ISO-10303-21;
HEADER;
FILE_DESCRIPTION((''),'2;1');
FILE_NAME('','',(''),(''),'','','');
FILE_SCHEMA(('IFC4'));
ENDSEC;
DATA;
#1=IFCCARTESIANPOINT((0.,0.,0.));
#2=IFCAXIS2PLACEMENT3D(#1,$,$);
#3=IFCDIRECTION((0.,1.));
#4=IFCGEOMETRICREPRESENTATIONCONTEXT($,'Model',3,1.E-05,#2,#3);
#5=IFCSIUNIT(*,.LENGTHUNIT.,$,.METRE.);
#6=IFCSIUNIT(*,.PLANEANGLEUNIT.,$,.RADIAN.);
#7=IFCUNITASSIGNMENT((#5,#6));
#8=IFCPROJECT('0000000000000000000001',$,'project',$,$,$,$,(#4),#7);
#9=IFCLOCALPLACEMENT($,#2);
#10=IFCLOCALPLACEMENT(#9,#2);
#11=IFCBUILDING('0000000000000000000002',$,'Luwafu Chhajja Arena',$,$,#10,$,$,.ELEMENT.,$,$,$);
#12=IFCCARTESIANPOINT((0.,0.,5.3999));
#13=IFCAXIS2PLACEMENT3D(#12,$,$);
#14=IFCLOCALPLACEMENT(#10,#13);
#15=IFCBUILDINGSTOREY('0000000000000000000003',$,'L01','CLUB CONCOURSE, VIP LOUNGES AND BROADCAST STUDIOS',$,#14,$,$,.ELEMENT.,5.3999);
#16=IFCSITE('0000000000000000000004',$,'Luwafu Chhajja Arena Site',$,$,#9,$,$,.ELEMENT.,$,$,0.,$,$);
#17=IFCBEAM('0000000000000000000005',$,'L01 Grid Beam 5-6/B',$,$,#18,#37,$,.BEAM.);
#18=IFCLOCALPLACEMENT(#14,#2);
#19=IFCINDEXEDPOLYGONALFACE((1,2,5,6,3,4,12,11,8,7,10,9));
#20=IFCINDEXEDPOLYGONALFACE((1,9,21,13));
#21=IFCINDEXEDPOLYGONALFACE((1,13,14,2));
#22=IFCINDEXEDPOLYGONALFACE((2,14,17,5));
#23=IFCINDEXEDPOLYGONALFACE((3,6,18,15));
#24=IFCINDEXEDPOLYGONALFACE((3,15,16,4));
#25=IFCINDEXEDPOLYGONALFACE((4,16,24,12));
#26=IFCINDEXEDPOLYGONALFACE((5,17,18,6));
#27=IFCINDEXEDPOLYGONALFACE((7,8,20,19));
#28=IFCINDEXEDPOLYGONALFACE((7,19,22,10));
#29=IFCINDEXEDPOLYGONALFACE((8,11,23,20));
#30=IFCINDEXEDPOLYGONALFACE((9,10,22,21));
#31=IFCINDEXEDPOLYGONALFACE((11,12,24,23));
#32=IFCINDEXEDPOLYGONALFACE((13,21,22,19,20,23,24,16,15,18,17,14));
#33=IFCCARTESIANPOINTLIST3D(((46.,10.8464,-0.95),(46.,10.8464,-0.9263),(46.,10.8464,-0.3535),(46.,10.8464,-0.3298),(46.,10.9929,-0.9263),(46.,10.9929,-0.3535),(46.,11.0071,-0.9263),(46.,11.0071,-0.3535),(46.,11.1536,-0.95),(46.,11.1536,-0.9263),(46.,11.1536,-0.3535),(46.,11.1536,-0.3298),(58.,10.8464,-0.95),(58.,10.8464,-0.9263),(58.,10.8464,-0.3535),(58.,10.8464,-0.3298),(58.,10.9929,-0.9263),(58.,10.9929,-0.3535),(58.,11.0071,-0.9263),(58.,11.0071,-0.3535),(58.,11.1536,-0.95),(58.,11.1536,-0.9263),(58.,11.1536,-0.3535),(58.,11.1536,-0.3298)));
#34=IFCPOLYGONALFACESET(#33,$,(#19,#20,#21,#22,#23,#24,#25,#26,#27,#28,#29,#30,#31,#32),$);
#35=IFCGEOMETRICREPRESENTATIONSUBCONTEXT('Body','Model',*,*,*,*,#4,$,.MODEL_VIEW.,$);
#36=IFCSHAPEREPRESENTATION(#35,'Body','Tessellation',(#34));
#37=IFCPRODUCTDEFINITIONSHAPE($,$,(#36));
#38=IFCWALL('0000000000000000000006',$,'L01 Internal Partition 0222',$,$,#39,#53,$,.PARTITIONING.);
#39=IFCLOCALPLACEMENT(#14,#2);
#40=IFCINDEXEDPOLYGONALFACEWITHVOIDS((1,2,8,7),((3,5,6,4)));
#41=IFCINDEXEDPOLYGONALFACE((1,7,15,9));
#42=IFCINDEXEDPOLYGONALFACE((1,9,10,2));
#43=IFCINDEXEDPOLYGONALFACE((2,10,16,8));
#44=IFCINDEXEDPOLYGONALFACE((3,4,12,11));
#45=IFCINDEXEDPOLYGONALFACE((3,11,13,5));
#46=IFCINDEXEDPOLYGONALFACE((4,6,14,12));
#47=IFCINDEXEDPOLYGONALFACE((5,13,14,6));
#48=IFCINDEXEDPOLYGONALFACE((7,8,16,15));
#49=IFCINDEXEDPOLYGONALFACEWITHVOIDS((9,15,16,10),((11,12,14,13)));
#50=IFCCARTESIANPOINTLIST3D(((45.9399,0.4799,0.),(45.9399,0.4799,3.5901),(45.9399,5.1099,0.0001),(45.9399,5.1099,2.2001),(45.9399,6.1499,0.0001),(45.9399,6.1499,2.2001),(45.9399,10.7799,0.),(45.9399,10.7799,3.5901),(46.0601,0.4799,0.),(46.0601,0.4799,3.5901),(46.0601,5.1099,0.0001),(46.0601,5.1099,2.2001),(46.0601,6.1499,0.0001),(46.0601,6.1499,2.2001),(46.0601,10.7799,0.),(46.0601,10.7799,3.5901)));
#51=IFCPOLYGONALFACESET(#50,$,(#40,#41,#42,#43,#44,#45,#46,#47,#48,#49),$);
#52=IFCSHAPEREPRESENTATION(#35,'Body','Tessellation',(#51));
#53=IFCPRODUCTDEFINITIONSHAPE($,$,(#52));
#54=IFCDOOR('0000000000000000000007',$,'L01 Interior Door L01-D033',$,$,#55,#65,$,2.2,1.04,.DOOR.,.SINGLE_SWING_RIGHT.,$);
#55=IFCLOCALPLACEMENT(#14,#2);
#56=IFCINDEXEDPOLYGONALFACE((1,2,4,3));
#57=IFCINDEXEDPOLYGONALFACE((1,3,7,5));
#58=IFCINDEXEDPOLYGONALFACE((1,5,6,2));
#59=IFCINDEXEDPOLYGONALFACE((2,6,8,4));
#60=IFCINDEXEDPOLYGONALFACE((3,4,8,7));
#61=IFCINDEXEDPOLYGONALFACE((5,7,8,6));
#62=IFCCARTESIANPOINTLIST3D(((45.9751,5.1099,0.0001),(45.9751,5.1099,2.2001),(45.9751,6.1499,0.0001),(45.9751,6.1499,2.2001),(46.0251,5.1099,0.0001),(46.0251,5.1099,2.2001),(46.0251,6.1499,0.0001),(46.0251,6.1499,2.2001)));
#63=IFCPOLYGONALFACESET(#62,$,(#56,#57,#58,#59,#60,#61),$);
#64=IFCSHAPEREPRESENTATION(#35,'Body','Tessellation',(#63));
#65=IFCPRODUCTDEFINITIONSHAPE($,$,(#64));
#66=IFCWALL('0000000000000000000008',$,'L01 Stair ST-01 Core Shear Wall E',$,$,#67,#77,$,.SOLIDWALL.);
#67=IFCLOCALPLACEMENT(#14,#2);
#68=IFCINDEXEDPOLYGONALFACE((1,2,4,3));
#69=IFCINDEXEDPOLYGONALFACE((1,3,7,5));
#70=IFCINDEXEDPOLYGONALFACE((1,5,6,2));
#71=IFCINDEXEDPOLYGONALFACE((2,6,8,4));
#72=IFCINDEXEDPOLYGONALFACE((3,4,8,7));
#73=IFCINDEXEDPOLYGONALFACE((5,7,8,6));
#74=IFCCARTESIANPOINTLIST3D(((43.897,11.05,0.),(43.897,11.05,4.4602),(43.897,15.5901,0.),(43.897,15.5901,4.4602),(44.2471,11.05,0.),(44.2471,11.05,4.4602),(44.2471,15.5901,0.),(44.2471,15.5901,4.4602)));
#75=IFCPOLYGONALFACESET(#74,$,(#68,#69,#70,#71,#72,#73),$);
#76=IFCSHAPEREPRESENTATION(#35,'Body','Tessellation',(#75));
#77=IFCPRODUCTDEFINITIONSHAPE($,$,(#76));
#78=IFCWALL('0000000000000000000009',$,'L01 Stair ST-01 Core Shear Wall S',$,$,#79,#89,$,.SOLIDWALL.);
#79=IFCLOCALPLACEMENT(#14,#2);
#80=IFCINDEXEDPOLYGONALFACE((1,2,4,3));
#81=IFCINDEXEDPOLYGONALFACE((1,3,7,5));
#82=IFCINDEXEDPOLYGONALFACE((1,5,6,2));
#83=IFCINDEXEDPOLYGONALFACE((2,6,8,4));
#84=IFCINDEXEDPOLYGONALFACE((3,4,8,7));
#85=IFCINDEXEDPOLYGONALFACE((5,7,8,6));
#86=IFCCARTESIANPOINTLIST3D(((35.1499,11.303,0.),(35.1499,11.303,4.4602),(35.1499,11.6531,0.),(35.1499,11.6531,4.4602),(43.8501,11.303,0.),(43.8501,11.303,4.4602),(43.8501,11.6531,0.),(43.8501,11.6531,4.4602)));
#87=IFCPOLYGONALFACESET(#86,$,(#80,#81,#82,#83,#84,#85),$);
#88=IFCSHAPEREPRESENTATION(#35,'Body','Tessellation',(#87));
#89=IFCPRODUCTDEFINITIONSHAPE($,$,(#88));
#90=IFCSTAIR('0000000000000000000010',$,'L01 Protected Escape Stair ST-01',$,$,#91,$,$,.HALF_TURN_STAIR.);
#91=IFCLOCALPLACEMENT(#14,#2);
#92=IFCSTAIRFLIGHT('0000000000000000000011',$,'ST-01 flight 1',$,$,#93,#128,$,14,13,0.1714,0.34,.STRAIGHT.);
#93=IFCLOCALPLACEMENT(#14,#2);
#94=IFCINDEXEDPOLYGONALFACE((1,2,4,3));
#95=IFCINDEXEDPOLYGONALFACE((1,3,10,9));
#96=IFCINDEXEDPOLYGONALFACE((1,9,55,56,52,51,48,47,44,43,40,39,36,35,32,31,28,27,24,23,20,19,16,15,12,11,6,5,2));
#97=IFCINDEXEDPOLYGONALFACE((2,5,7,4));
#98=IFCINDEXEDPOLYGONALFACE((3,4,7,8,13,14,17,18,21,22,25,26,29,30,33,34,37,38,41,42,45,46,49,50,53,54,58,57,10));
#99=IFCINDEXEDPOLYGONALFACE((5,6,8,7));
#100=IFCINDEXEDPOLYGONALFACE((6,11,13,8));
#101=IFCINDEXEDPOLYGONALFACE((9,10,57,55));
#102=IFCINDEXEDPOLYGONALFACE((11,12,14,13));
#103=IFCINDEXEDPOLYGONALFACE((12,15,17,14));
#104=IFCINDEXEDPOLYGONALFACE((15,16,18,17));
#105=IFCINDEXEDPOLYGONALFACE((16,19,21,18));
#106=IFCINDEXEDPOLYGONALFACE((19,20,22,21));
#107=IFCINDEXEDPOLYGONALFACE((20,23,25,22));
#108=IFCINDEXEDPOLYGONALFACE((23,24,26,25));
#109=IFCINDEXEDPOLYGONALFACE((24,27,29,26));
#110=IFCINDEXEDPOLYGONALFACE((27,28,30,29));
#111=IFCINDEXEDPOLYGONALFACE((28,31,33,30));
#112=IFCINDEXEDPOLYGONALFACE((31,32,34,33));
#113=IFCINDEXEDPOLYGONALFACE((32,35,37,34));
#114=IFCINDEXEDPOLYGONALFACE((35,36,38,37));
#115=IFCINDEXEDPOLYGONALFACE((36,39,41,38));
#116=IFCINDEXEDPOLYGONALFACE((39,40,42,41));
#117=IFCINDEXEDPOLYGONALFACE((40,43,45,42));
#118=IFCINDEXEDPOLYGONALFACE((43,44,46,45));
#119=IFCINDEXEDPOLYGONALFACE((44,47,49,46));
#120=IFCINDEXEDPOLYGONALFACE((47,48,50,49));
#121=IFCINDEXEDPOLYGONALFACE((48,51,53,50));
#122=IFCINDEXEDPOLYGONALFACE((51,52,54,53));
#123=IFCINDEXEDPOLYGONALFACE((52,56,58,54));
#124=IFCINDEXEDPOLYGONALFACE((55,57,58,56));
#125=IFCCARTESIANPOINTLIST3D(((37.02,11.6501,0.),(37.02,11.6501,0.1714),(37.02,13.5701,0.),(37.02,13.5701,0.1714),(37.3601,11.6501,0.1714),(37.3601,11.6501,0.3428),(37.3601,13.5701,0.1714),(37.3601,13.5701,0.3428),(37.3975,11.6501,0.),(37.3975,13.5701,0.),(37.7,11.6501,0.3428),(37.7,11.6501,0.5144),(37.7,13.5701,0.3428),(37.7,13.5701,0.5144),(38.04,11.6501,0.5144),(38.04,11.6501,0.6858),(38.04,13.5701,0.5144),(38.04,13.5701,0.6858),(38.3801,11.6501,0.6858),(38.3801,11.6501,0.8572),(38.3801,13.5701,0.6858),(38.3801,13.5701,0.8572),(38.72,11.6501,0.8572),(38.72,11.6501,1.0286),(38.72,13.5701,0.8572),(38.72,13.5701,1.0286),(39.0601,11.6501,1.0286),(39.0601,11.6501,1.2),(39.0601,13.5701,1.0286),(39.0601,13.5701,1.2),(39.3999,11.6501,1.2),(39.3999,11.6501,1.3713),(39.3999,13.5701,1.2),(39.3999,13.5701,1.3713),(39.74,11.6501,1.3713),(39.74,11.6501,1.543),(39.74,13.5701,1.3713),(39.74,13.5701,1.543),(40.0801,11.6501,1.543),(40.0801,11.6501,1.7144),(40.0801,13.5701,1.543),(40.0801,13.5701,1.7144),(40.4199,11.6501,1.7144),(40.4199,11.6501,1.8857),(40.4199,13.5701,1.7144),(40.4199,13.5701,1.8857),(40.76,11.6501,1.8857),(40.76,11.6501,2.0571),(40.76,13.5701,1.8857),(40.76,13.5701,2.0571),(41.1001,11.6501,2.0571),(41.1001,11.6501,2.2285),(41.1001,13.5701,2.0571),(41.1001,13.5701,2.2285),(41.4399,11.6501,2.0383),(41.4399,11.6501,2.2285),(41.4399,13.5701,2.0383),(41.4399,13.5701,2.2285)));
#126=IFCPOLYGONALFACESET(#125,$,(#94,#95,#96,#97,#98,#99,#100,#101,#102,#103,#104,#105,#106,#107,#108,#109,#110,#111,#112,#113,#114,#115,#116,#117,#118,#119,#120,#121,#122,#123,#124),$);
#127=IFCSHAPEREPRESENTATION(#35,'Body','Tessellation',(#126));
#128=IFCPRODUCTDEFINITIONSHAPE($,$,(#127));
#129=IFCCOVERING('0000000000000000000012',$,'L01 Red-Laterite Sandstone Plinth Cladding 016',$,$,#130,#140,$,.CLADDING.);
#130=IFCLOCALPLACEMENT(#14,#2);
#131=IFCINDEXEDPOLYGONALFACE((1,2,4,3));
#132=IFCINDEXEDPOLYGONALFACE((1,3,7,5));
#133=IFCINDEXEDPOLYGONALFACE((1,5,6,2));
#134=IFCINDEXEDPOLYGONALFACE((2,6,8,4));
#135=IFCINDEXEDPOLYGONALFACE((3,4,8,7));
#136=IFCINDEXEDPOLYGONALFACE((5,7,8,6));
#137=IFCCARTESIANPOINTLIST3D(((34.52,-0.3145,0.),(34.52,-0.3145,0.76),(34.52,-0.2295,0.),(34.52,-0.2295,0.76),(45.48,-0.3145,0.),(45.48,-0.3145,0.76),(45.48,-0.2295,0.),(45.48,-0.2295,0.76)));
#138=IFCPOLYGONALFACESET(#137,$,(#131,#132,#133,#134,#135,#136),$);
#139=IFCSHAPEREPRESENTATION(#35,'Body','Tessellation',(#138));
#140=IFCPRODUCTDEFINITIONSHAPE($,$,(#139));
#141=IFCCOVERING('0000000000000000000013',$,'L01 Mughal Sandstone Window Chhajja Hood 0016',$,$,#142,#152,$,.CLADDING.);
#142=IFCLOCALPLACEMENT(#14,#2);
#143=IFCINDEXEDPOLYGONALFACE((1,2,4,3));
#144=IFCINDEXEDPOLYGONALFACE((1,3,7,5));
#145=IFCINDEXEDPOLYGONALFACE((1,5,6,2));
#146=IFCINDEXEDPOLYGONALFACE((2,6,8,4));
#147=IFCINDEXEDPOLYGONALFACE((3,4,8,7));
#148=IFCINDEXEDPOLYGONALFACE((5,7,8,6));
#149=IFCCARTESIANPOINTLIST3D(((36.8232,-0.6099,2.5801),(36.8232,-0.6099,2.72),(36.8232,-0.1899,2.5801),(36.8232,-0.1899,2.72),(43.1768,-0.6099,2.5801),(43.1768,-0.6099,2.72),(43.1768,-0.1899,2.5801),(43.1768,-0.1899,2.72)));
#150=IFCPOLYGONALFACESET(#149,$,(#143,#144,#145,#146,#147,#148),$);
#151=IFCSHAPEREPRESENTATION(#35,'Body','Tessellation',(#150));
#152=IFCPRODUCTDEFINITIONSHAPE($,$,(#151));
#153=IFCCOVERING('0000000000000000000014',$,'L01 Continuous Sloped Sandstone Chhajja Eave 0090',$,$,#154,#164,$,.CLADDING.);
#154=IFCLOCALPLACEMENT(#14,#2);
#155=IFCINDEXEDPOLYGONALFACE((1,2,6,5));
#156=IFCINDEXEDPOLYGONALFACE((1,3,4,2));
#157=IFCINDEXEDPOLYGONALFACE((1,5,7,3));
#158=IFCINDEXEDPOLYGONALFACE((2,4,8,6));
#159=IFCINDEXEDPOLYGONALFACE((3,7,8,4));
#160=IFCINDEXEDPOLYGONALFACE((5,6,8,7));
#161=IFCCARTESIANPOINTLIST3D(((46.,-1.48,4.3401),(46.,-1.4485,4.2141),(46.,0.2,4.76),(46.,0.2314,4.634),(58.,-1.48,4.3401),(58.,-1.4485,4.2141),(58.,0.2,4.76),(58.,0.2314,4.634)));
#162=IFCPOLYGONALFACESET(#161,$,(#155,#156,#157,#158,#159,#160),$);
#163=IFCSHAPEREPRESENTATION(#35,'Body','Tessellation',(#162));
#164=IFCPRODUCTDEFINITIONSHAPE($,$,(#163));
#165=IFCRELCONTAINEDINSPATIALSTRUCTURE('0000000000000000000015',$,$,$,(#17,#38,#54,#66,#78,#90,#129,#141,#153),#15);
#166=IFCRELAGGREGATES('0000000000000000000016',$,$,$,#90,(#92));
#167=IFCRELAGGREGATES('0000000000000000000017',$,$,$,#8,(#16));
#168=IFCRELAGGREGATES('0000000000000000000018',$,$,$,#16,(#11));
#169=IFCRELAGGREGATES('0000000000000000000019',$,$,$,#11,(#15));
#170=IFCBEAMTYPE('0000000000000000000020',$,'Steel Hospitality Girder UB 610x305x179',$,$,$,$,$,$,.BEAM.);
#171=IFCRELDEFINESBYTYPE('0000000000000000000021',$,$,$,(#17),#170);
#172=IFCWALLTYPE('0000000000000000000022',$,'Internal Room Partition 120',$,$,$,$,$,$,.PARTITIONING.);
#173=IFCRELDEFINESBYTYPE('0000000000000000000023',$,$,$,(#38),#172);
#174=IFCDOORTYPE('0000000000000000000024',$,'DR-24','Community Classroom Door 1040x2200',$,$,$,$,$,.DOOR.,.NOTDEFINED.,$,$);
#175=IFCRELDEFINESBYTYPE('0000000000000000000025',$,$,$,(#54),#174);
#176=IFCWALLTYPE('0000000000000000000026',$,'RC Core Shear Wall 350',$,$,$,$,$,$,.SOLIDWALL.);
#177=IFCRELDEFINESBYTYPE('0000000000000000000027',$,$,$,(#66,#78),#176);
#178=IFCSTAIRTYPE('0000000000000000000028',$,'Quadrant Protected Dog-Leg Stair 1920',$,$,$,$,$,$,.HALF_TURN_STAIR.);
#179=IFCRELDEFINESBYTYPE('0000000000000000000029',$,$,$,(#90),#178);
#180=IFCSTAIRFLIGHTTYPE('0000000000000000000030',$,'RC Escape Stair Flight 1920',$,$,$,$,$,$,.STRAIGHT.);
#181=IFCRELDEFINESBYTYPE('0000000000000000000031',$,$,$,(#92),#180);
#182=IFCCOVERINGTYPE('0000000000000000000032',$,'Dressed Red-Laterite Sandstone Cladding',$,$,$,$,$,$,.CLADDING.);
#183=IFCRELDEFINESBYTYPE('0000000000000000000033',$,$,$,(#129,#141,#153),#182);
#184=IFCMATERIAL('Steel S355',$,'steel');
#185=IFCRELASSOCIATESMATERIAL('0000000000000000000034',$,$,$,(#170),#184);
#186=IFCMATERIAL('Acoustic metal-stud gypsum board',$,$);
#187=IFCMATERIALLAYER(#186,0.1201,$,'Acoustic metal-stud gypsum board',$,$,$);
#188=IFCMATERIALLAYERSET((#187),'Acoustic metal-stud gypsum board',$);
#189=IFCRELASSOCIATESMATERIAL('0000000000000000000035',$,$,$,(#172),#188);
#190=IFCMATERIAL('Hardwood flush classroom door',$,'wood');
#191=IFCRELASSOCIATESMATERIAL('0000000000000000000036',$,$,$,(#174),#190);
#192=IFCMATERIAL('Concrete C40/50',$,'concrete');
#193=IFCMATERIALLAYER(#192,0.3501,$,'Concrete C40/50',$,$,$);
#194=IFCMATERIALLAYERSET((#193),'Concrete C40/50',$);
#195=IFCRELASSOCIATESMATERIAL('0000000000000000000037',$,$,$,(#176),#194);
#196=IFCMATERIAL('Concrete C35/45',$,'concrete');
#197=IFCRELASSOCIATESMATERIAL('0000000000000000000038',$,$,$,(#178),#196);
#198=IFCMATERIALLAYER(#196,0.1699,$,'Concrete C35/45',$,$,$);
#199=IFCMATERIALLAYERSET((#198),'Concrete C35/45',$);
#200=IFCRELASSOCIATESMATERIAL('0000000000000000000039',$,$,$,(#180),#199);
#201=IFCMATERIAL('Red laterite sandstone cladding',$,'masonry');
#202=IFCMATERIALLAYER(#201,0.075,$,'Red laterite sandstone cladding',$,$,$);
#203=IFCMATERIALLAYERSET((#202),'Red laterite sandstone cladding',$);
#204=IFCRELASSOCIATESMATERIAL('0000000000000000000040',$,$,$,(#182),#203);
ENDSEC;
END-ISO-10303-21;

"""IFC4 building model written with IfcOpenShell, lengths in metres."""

from ifc_helpers import new_model, si_unit, direction, frame, frame_2d, origin, origin_2d, place, context, subcontext, project, spatial, polyline, rectangle, i_section, outline, extrude, material, layer, layer_set, material_profile, profile_set, type_object, element, fill, aggregate, save


model = new_model("IFC4")

# Units and contexts
model_context = context("Model", 3, precision=1e-05, world=origin(), true_north=direction((0.0, 1.0)))
body_context = subcontext(model_context, "Body", "Model", "MODEL_VIEW")
ifc_project = project(units=[si_unit("LENGTHUNIT", "METRE"), si_unit("PLANEANGLEUNIT", "RADIAN")], contexts=[model_context])

# Site, building, storey
site_placement = place(None, origin())
site = spatial("IfcSite", under=ifc_project, at=site_placement, Name="Luwafu Chhajja Arena Site", CompositionType="ELEMENT", RefElevation=0.0)
building_placement = place(site_placement, origin())
building = spatial("IfcBuilding", under=site, at=building_placement, Name="Luwafu Chhajja Arena", CompositionType="ELEMENT")
storey_placement = place(building_placement, frame((0.0, 0.0, 5.3999)))
storey = spatial("IfcBuildingStorey", under=building, at=storey_placement, Name="L01", Description="CLUB CONCOURSE, VIP LOUNGES AND BROADCAST STUDIOS", CompositionType="ELEMENT", Elevation=5.3999)

# Shared definitions
ifc_material_1 = material(Name="Concrete C35/45", Category="concrete")

# Beam
ifc_material_2 = material(Name="Steel S355", Category="steel")
ifc_material_profile_1 = material_profile(ifc_material_2, i_section(OverallWidth=0.3071, OverallDepth=0.6201, WebThickness=0.0142, FlangeThickness=0.0237, at=origin_2d()), Name="UB 610x305x179")
ifc_profile_set_1 = profile_set([ifc_material_profile_1], Name="Steel S355")
beam_type_1 = type_object("IfcBeamType", Name="Steel Hospitality Girder UB 610x305x179", PredefinedType="BEAM", material=ifc_profile_set_1)
beam_1_placement = place(storey_placement, frame((46.0, 11.0, -0.6399), z_axis=(1.0, 0.0, 0.0), x_axis=(0.0, 1.0, 0.0)))
element("IfcBeam", 1, at=beam_1_placement, inside=storey, type_object=beam_type_1, Name="L01 Grid Beam 5-6/B", PredefinedType="BEAM", context=body_context, shape_type="SweptSolid", body=[
    extrude(i_section(OverallWidth=0.3071, OverallDepth=0.6201, WebThickness=0.0142, FlangeThickness=0.0237, at=origin_2d()), origin(), (0.0, 0.0, 1.0), 12.0),
])

# Wall, opening, door
ifc_material_3 = material(Name="Acoustic metal-stud gypsum board")
ifc_layer_1 = layer(ifc_material_3, 0.1201, Name="Acoustic metal-stud gypsum board")
ifc_layer_set_1 = layer_set([ifc_layer_1], Name="Acoustic metal-stud gypsum board")
wall_type_1 = type_object("IfcWallType", Name="Internal Room Partition 120", PredefinedType="PARTITIONING", material=ifc_layer_set_1)
wall_1_placement = place(storey_placement, frame((46.0, 0.48, 0.0), z_axis=(0.0, 0.0, 1.0), x_axis=(0.0, 1.0, 0.0)))
wall_1 = element("IfcWall", 2, at=wall_1_placement, inside=storey, type_object=wall_type_1, Name="L01 Internal Partition 0222", PredefinedType="PARTITIONING", context=body_context, shape_type="SweptSolid", body=[
    extrude(rectangle(XDim=10.3, YDim=0.1201, at=frame_2d((5.1499, 0.0))), origin(), (0.0, 0.0, 1.0), 3.5901),
])
opening_placement = place(wall_1_placement, frame((4.6299, 0.0, 0.0)))
opening = element("IfcOpeningElement", 3, at=opening_placement, cuts=wall_1, PredefinedType="OPENING", context=body_context, shape_type="SweptSolid", body=[
    extrude(rectangle(XDim=1.04, YDim=2.2, at=frame_2d((0.52, 1.1001))), frame((0.0, 0.0701, 0.0), z_axis=(0.0, -1.0, 0.0), x_axis=(1.0, 0.0, 0.0)), (0.0, 0.0, 1.0), 0.1401),
])
ifc_material_4 = material(Name="Hardwood flush classroom door", Category="wood")
door_type = type_object("IfcDoorType", Name="DR-24", Description="Community Classroom Door 1040x2200", OperationType="NOTDEFINED", PredefinedType="DOOR", material=ifc_material_4)
door_placement = place(opening_placement, origin())
door = element("IfcDoor", 4, at=door_placement, inside=storey, type_object=door_type, Name="L01 Interior Door L01-D033", OperationType="SINGLE_SWING_RIGHT", OverallHeight=2.2, OverallWidth=1.04, PredefinedType="DOOR", context=body_context, shape_type="SweptSolid", body=[
    extrude(rectangle(XDim=1.04, YDim=2.2, at=frame_2d((0.52, 1.1001))), frame((0.0, 0.0249, 0.0), z_axis=(0.0, -1.0, 0.0), x_axis=(1.0, 0.0, 0.0)), (0.0, 0.0, 1.0), 0.05),
])
fill(opening, door)

# Walls
ifc_material_5 = material(Name="Concrete C40/50", Category="concrete")
ifc_layer_2 = layer(ifc_material_5, 0.3501, Name="Concrete C40/50")
ifc_layer_set_2 = layer_set([ifc_layer_2], Name="Concrete C40/50")
wall_type_2 = type_object("IfcWallType", Name="RC Core Shear Wall 350", PredefinedType="SOLIDWALL", material=ifc_layer_set_2)
wall_2_placement = place(storey_placement, frame((44.072, 11.05, 0.0), z_axis=(0.0, 0.0, 1.0), x_axis=(0.0, 1.0, 0.0)))
element("IfcWall", 5, at=wall_2_placement, inside=storey, type_object=wall_type_2, Name="L01 Stair ST-01 Core Shear Wall E", PredefinedType="SOLIDWALL", context=body_context, shape_type="SweptSolid", body=[
    extrude(rectangle(XDim=4.54, YDim=0.3501, at=frame_2d((2.27, 0.0))), origin(), (0.0, 0.0, 1.0), 4.4602),
])
wall_3_placement = place(storey_placement, frame((35.1499, 11.478, 0.0), z_axis=(0.0, 0.0, 1.0), x_axis=(1.0, 0.0, 0.0)))
element("IfcWall", 6, at=wall_3_placement, inside=storey, type_object=wall_type_2, Name="L01 Stair ST-01 Core Shear Wall S", PredefinedType="SOLIDWALL", context=body_context, shape_type="SweptSolid", body=[
    extrude(rectangle(XDim=8.7002, YDim=0.3501, at=frame_2d((4.3501, 0.0))), origin(), (0.0, 0.0, 1.0), 4.4602),
])

# Stair, stair flight
stair_type = type_object("IfcStairType", Name="Quadrant Protected Dog-Leg Stair 1920", PredefinedType="HALF_TURN_STAIR", material=ifc_material_1)
stair_placement = place(storey_placement, origin())
stair = element("IfcStair", 7, at=stair_placement, inside=storey, type_object=stair_type, Name="L01 Protected Escape Stair ST-01", PredefinedType="HALF_TURN_STAIR")
ifc_layer_3 = layer(ifc_material_1, 0.1699, Name="Concrete C35/45")
ifc_layer_set_3 = layer_set([ifc_layer_3], Name="Concrete C35/45")
stair_flight_type = type_object("IfcStairFlightType", Name="RC Escape Stair Flight 1920", PredefinedType="STRAIGHT", material=ifc_layer_set_3)
stair_flight_placement = place(storey_placement, frame((37.02, 12.6101, 0.0), z_axis=(0.0, 0.0, 1.0), x_axis=(1.0, 0.0, 0.0)))
stair_flight = element("IfcStairFlight", 8, at=stair_flight_placement, type_object=stair_flight_type, Name="ST-01 flight 1", NumberOfRisers=14, NumberOfTreads=13, PredefinedType="STRAIGHT", RiserHeight=0.1714, TreadLength=0.34, context=body_context, shape_type="SweptSolid", body=[
    extrude(outline(polyline([(0.0, 0.0), (0.0, 0.1714), (0.3401, 0.1714), (0.3401, 0.3428), (0.6799, 0.3428), (0.6799, 0.5144), (1.02, 0.5144), (1.02, 0.6858), (1.3601, 0.6858), (1.3601, 0.8572), (1.7, 0.8572), (1.7, 1.0286), (2.04, 1.0286), (2.04, 1.2), (2.3799, 1.2), (2.3799, 1.3713), (2.72, 1.3713), (2.72, 1.543), (3.0601, 1.543), (3.0601, 1.7144), (3.3999, 1.7144), (3.3999, 1.8857), (3.74, 1.8857), (3.74, 2.0571), (4.0801, 2.0571), (4.0801, 2.2285), (4.4199, 2.2285), (4.4199, 2.3999), (4.4199, 2.0383), (0.3774, 0.0), (0.0, 0.0)])), frame((0.0, 0.96, 0.0), z_axis=(0.0, -1.0, 0.0), x_axis=(1.0, 0.0, 0.0)), (0.0, 0.0, 1.0), 1.9199),
])
aggregate(stair, [stair_flight])

# Coverings
ifc_material_6 = material(Name="Red laterite sandstone cladding", Category="masonry")
ifc_layer_4 = layer(ifc_material_6, 0.075, Name="Red laterite sandstone cladding")
ifc_layer_set_4 = layer_set([ifc_layer_4], Name="Red laterite sandstone cladding")
covering_type = type_object("IfcCoveringType", Name="Dressed Red-Laterite Sandstone Cladding", PredefinedType="CLADDING", material=ifc_layer_set_4)
covering_1_placement = place(storey_placement, frame((40.0, -0.272, 0.0), z_axis=(0.0, 0.0, 1.0), x_axis=(1.0, 0.0, 0.0)))
element("IfcCovering", 9, at=covering_1_placement, inside=storey, type_object=covering_type, Name="L01 Red-Laterite Sandstone Plinth Cladding 016", PredefinedType="CLADDING", context=body_context, shape_type="SweptSolid", body=[
    extrude(rectangle(XDim=10.96, YDim=0.085, at=origin_2d()), origin(), (0.0, 0.0, 1.0), 0.76),
])
covering_2_placement = place(storey_placement, frame((40.0, -0.3999, 2.5801), z_axis=(0.0, 0.0, 1.0), x_axis=(1.0, 0.0, 0.0)))
element("IfcCovering", 10, at=covering_2_placement, inside=storey, type_object=covering_type, Name="L01 Mughal Sandstone Window Chhajja Hood 0016", PredefinedType="CLADDING", context=body_context, shape_type="SweptSolid", body=[
    extrude(rectangle(XDim=6.3535, YDim=0.4199, at=origin_2d()), origin(), (0.0, 0.0, 1.0), 0.1399),
])
covering_3_placement = place(storey_placement, frame((46.0, 0.2, 4.76), z_axis=(0.0, -0.242502, 0.970151), x_axis=(1.0, 0.0, 0.0)))
element("IfcCovering", 11, at=covering_3_placement, inside=storey, type_object=covering_type, Name="L01 Continuous Sloped Sandstone Chhajja Eave 0090", PredefinedType="CLADDING", context=body_context, shape_type="SweptSolid", body=[
    extrude(outline(polyline([(0.0, 0.0), (12.0, 0.0), (12.0, -1.7316), (0.0, -1.7316), (0.0, 0.0)])), origin(), (0.0, 0.0, -1.0), 0.1299),
])

save(model, "model.ifc")
